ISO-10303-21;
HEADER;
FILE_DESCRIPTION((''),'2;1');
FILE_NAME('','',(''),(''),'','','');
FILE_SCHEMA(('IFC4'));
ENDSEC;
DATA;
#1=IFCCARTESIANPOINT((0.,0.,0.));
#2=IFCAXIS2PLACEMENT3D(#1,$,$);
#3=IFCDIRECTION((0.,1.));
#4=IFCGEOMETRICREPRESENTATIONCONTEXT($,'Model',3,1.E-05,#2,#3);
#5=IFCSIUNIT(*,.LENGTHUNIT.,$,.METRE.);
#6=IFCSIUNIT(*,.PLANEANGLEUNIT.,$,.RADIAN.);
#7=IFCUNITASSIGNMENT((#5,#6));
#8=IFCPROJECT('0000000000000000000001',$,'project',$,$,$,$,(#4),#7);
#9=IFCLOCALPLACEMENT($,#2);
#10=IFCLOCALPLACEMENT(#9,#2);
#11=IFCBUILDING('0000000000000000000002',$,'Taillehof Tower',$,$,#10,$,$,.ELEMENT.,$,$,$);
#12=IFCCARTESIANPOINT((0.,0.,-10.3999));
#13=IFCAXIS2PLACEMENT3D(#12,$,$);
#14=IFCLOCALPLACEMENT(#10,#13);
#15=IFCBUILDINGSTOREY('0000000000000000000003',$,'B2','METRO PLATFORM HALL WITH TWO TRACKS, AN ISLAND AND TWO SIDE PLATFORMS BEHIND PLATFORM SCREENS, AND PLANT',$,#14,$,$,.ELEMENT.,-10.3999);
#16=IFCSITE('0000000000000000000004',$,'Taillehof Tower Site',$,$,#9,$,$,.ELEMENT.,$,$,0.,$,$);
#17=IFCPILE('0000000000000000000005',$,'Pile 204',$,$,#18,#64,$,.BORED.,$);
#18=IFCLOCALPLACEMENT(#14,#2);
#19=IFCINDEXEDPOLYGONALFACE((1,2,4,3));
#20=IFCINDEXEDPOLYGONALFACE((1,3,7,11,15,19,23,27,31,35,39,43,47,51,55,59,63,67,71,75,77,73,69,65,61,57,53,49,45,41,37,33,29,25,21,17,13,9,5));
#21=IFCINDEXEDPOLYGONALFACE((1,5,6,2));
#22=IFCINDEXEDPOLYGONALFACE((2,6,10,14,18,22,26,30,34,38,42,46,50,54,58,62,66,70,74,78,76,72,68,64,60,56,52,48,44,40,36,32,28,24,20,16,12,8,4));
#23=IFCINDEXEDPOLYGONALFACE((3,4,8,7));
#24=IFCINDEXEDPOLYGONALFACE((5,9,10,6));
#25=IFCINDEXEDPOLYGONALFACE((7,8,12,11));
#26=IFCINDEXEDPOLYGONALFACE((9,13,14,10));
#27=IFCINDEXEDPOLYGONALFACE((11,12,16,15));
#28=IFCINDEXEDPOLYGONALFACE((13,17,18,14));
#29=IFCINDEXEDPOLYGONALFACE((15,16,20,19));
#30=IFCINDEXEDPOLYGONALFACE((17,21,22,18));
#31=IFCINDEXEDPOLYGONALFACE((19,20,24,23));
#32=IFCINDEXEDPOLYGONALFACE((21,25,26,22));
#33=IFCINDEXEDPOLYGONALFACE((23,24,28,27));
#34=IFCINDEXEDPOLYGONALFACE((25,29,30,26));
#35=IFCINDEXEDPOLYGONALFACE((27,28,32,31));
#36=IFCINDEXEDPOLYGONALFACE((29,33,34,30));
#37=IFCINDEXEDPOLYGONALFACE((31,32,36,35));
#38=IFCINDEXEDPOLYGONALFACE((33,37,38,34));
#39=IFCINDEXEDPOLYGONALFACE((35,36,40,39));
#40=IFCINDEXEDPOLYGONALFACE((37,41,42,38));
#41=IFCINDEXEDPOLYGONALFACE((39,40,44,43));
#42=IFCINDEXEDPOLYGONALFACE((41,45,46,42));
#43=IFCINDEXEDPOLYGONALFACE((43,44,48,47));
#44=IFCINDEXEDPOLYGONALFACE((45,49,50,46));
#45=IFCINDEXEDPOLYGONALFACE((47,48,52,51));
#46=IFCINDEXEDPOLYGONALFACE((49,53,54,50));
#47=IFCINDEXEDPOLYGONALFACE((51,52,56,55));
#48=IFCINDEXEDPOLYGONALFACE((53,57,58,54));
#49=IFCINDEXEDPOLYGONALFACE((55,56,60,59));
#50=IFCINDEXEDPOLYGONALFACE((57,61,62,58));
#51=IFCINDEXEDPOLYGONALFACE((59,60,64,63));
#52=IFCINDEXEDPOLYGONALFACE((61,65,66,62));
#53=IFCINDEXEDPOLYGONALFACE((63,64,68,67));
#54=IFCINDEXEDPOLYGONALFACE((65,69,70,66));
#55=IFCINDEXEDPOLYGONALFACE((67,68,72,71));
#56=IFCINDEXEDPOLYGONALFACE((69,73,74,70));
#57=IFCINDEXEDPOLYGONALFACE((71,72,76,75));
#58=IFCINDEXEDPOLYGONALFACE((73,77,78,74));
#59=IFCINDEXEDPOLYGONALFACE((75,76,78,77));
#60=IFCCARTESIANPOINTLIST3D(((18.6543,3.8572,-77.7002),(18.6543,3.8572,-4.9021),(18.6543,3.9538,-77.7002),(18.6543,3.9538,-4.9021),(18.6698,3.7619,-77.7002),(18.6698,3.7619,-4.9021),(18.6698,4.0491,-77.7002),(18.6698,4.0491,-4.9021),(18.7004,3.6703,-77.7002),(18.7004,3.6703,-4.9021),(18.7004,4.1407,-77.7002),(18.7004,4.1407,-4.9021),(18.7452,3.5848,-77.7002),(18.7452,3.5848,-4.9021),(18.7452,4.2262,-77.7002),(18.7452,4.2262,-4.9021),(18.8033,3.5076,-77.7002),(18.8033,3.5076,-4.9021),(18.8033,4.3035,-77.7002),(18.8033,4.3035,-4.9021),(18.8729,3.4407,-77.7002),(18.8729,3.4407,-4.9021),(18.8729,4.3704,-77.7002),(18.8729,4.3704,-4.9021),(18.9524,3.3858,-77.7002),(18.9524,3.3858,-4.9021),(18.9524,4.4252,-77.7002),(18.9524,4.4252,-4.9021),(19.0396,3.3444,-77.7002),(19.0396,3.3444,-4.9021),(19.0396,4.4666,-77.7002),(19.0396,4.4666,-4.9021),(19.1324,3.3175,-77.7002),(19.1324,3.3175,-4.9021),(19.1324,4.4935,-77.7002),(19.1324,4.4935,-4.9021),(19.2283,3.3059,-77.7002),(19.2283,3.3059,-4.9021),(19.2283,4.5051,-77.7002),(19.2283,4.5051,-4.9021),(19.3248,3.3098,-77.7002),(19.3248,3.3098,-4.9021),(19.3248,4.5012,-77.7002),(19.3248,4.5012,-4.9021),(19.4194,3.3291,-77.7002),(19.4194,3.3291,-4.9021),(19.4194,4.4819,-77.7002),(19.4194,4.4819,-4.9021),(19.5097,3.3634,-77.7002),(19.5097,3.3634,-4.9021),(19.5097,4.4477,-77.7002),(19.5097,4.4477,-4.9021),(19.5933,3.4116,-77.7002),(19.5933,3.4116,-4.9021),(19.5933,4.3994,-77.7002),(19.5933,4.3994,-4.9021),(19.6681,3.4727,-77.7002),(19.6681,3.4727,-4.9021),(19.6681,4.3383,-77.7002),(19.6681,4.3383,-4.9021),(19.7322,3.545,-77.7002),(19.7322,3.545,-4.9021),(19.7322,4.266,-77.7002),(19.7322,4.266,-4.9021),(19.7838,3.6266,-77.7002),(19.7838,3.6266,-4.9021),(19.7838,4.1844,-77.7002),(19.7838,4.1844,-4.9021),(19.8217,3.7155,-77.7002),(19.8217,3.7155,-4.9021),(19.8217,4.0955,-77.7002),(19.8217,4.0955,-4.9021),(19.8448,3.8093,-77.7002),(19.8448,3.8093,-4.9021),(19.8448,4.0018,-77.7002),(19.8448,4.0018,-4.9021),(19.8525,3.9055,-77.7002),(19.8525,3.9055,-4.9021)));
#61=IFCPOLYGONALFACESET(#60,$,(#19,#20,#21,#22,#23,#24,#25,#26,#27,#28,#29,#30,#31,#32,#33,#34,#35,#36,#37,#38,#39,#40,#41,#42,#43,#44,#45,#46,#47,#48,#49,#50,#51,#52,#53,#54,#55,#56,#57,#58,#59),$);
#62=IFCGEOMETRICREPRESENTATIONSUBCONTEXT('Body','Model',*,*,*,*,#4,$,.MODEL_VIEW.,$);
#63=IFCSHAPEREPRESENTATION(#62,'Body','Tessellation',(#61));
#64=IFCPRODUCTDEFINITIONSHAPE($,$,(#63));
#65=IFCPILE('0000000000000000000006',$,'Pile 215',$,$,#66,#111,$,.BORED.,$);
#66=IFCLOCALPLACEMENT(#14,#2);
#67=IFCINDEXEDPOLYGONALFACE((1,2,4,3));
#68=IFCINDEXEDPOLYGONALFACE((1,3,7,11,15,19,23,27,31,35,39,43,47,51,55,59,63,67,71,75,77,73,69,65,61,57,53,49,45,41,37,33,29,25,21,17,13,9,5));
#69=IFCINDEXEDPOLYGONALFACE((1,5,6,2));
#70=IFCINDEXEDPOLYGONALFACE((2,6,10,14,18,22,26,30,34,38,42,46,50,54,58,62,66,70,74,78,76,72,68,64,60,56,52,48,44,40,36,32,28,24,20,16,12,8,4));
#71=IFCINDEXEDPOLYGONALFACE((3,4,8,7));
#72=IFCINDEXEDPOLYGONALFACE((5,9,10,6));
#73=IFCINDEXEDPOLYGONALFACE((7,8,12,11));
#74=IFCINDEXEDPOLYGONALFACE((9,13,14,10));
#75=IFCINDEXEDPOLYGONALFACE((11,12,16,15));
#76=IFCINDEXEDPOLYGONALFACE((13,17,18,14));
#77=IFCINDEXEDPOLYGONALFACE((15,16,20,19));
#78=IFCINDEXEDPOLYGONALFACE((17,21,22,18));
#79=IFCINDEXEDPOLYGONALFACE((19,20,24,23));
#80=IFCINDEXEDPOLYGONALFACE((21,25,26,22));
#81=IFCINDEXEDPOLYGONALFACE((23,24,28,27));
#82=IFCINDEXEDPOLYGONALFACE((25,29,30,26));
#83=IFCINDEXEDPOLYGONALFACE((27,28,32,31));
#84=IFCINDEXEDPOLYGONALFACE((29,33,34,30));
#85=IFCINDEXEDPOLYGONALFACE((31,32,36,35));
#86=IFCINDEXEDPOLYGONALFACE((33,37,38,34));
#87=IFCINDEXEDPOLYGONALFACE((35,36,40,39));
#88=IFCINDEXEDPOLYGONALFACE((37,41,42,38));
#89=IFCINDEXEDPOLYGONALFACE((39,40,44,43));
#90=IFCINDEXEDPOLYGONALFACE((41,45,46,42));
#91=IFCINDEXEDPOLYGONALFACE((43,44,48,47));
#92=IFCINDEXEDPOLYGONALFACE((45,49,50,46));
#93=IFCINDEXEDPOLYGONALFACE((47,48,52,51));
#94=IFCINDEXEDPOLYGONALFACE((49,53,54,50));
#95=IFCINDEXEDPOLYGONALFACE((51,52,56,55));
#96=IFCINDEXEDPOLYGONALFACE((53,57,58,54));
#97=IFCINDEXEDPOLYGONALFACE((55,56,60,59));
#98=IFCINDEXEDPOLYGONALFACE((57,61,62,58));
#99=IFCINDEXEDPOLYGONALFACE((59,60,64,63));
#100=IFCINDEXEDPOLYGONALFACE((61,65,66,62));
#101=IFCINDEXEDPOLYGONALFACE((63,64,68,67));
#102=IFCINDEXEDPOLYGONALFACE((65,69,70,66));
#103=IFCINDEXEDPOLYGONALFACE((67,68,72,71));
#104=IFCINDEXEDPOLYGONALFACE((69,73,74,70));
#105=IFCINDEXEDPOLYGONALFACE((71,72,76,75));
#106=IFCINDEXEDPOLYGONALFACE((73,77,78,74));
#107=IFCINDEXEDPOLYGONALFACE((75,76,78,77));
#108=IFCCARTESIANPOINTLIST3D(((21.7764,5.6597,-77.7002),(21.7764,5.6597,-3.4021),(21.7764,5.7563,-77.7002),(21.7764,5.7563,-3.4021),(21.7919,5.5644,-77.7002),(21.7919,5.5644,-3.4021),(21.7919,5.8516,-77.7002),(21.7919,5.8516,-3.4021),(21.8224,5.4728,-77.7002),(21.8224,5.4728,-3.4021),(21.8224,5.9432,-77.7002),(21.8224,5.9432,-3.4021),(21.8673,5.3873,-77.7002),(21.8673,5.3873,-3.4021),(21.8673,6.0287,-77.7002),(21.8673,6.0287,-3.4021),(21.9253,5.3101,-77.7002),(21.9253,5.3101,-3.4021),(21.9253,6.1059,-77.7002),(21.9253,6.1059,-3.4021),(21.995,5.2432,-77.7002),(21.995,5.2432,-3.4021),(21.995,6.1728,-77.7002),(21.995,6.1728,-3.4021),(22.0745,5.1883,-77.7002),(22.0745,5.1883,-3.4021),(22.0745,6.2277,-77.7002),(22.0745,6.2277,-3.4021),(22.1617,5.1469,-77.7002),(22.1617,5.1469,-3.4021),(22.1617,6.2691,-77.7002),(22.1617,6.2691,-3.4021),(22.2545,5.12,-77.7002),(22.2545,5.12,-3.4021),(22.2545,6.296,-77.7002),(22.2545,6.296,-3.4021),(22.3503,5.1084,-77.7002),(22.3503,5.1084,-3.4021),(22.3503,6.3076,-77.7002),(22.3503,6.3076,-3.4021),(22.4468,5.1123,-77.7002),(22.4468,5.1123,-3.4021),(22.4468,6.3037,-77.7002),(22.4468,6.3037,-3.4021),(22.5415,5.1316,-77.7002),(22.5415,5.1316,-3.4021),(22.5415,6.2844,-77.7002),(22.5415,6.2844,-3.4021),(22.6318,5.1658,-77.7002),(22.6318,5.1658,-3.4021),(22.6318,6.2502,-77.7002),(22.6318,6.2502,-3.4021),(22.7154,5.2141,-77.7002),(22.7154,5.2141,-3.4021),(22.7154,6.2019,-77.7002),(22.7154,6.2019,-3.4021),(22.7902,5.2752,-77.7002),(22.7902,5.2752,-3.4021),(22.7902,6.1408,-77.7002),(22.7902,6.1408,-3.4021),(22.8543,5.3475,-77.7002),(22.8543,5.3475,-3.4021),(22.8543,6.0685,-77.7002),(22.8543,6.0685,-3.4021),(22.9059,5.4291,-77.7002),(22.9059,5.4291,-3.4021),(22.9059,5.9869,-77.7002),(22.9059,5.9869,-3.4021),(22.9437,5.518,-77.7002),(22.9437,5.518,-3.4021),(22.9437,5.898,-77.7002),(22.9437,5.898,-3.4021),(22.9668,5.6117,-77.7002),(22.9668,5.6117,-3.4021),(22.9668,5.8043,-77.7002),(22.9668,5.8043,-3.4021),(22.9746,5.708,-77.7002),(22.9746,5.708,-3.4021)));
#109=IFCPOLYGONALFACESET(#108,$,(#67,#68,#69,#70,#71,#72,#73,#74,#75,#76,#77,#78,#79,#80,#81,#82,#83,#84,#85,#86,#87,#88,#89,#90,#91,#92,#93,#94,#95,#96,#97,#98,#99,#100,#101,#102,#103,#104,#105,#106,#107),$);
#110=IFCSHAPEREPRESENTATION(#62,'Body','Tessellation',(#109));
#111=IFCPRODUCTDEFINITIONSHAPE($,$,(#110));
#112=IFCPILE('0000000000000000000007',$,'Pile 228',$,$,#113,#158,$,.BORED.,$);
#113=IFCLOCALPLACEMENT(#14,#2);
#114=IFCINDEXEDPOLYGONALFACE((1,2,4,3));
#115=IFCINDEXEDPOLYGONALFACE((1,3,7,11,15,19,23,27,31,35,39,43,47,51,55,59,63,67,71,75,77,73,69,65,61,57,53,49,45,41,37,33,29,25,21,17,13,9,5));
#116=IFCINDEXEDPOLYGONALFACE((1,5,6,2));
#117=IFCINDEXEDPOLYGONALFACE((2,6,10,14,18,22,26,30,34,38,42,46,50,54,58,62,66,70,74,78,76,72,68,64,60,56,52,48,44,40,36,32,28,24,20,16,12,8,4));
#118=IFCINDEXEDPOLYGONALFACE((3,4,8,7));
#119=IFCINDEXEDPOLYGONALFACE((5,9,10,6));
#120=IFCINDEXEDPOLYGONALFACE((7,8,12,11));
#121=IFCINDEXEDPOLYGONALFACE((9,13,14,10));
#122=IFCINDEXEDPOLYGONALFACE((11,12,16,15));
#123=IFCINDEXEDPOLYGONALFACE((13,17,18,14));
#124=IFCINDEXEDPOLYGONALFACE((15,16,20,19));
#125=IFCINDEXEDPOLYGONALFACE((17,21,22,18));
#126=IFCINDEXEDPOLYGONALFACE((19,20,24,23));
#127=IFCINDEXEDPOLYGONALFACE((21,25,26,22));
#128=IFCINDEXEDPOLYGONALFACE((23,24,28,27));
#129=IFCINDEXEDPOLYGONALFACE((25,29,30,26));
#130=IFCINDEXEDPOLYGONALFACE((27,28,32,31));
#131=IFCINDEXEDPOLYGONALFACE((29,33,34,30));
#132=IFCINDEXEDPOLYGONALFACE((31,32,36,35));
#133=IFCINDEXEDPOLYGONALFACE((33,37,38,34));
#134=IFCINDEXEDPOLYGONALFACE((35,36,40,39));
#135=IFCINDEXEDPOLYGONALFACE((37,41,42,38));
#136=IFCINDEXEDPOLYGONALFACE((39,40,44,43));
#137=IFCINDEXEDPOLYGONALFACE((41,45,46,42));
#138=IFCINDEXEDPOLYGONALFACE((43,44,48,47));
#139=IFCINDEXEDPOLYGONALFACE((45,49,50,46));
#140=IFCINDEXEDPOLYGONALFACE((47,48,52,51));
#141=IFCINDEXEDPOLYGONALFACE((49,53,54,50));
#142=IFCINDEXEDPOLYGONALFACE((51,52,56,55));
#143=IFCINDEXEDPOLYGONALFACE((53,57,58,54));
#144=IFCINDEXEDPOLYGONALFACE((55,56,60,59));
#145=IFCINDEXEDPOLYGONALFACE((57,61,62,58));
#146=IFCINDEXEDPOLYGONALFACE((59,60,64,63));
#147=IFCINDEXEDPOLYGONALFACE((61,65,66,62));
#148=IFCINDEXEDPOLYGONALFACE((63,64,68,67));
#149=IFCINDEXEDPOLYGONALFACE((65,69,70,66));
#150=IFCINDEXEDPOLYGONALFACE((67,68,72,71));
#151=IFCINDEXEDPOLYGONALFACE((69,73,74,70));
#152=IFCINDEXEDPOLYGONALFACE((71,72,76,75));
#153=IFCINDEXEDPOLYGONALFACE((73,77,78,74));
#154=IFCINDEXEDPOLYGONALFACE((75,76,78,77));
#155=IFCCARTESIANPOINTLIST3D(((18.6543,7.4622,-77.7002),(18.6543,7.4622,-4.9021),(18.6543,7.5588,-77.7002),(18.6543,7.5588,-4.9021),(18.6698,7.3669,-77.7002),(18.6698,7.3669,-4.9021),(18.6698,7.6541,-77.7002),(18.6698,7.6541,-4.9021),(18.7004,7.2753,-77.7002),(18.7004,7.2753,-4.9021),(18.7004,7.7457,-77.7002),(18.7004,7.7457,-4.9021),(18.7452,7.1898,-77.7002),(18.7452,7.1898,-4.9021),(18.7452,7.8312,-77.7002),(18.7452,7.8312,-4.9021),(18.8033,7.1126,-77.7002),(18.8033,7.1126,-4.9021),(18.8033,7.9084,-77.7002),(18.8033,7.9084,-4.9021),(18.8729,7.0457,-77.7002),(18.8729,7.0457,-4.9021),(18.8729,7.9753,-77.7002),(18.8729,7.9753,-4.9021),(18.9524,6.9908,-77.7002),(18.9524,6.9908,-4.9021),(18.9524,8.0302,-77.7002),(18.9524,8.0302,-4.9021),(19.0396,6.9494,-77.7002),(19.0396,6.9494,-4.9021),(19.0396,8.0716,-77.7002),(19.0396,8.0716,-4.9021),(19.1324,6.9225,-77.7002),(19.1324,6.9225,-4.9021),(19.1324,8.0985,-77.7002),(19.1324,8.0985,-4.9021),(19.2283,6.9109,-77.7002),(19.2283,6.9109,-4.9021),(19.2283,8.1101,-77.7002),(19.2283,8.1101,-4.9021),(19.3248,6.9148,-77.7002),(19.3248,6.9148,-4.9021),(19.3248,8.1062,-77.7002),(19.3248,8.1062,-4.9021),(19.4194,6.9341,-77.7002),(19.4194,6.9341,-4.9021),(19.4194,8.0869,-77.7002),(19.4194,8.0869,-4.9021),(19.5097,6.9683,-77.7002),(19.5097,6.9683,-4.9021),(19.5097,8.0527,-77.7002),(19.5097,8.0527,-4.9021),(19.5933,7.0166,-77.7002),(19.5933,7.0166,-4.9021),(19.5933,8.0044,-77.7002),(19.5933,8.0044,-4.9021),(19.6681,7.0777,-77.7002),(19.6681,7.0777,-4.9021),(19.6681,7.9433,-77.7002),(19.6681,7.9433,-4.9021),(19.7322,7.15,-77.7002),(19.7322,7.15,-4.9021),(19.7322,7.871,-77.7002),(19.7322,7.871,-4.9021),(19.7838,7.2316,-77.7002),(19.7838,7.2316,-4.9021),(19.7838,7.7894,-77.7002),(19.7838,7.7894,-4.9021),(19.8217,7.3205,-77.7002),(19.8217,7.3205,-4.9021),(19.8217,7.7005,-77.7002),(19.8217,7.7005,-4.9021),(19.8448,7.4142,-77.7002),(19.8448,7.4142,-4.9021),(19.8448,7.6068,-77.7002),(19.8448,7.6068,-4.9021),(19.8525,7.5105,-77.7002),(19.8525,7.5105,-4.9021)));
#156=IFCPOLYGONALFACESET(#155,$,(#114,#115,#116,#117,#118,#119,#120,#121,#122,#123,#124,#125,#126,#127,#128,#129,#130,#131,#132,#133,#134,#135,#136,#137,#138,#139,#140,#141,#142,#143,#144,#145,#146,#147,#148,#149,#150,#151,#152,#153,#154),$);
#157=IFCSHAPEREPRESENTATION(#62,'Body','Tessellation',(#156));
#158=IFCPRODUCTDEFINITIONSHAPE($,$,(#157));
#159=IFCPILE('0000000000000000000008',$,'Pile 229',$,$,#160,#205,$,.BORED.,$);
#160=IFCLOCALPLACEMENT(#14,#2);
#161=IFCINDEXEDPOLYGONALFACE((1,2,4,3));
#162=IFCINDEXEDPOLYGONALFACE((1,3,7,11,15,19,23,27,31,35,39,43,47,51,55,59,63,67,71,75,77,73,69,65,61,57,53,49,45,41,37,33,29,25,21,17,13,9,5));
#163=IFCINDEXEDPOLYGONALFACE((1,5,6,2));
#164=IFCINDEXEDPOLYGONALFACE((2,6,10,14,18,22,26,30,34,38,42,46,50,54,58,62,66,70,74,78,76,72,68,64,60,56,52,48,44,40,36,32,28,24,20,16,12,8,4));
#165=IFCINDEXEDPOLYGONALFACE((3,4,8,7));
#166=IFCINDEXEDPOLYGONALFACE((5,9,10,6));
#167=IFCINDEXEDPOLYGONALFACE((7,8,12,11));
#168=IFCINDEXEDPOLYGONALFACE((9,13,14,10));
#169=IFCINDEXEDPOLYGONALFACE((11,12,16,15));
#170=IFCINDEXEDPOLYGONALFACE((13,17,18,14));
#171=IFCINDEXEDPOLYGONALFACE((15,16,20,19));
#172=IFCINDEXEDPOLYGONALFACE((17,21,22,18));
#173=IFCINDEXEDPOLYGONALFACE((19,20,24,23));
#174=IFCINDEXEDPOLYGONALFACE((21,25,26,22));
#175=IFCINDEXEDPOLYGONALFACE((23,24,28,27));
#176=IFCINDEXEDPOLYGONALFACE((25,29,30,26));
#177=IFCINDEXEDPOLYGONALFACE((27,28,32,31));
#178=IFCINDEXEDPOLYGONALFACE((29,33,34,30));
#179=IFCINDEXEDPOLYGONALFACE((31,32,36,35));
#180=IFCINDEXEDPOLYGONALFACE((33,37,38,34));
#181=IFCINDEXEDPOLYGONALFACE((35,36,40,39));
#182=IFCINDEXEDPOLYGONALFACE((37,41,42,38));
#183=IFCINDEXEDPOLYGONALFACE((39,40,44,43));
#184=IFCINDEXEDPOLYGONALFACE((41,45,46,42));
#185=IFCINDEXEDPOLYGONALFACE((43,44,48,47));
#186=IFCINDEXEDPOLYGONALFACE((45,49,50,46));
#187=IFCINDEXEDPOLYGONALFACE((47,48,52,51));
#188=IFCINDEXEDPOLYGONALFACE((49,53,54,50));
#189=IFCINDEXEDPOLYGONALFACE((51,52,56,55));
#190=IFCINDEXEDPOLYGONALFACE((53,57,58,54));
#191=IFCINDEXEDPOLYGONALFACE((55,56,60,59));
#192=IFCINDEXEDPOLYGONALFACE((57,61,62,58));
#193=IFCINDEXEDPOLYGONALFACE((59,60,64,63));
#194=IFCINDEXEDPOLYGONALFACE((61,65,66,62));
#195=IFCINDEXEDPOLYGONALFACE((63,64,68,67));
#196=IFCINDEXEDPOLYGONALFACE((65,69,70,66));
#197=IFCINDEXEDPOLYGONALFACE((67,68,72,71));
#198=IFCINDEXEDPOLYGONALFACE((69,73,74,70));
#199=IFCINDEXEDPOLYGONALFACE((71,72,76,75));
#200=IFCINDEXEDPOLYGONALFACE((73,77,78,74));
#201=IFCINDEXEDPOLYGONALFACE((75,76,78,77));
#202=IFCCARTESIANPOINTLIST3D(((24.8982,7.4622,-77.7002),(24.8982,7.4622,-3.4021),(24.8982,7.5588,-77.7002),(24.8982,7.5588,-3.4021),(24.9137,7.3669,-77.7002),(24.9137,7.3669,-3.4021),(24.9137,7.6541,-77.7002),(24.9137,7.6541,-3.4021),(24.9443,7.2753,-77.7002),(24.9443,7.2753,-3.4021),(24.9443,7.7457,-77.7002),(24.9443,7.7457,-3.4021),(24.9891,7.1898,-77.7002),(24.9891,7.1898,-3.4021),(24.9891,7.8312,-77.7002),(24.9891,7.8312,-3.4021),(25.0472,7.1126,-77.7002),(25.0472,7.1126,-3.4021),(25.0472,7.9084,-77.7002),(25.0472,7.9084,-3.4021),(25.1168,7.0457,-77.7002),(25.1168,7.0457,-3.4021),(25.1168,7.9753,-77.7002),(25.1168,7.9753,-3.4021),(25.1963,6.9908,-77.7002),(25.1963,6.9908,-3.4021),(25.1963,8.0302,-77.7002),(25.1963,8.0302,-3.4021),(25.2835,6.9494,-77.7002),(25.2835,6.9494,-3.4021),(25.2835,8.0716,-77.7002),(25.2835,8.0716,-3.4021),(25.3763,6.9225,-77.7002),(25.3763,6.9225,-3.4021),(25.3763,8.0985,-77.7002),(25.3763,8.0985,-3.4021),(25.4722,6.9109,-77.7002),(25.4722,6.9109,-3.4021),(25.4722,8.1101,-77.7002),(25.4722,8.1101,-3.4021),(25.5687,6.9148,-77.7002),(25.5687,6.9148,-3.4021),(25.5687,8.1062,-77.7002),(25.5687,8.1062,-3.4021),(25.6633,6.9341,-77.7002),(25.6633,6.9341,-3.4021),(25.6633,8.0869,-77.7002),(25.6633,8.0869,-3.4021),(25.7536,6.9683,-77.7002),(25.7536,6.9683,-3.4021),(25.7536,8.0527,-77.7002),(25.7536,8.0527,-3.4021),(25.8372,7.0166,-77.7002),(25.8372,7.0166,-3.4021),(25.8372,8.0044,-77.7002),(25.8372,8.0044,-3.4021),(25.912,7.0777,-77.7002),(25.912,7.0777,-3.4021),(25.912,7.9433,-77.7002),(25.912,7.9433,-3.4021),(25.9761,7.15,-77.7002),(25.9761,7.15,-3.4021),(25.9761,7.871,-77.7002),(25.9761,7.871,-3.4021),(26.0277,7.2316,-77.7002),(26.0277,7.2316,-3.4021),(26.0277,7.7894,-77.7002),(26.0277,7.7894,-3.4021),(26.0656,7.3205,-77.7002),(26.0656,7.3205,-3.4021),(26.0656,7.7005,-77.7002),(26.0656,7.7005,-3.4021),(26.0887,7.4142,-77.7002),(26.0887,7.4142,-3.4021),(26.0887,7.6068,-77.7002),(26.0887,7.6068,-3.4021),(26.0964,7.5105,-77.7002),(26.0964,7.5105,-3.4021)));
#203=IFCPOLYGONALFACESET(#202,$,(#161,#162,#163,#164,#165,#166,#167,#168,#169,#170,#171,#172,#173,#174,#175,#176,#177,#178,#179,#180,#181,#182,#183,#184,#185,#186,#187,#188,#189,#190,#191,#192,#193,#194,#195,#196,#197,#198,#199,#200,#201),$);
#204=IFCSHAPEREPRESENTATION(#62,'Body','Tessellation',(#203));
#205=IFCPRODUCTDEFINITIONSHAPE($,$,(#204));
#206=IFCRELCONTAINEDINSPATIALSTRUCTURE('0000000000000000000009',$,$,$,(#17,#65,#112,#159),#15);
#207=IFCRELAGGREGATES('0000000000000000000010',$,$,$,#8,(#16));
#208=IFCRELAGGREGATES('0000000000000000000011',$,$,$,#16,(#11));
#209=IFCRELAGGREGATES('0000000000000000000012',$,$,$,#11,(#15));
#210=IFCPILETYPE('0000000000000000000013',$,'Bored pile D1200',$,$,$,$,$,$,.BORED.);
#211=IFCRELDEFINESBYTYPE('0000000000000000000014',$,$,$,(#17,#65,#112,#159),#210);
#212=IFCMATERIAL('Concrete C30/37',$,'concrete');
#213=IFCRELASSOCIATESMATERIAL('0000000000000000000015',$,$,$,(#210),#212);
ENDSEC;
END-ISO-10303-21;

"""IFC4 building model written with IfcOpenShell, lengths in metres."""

from ifc_helpers import new_model, si_unit, direction, frame, origin, origin_2d, place, context, subcontext, project, spatial, circle, extrude, material, material_profile, profile_set, type_object, element, save


model = new_model("IFC4")

# Units and contexts
model_context = context("Model", 3, precision=1e-05, world=origin(), true_north=direction((0.0, 1.0)))
body_context = subcontext(model_context, "Body", "Model", "MODEL_VIEW")
ifc_project = project(units=[si_unit("LENGTHUNIT", "METRE"), si_unit("PLANEANGLEUNIT", "RADIAN")], contexts=[model_context])

# Site, building, storey
site_placement = place(None, origin())
site = spatial("IfcSite", under=ifc_project, at=site_placement, Name="Taillehof Tower Site", CompositionType="ELEMENT", RefElevation=0.0)
building_placement = place(site_placement, origin())
building = spatial("IfcBuilding", under=site, at=building_placement, Name="Taillehof Tower", CompositionType="ELEMENT")
storey_placement = place(building_placement, frame((0.0, 0.0, -10.3999)))
storey = spatial("IfcBuildingStorey", under=building, at=storey_placement, Name="B2", Description="METRO PLATFORM HALL WITH TWO TRACKS, AN ISLAND AND TWO SIDE PLATFORMS BEHIND PLATFORM SCREENS, AND PLANT", CompositionType="ELEMENT", Elevation=-10.3999)

# Piles
ifc_material_1 = material(Name="Concrete C30/37", Category="concrete")
ifc_material_profile_1 = material_profile(ifc_material_1, circle(Radius=0.6001, at=origin_2d()), Name="BP D1200")
ifc_profile_set_1 = profile_set([ifc_material_profile_1], Name="Concrete C30/37")
pile_type = type_object("IfcPileType", Name="Bored pile D1200", PredefinedType="BORED", material=ifc_profile_set_1)
pile_1_placement = place(storey_placement, frame((19.2524, 3.9055, -4.9021), z_axis=(0.0, 0.0, -1.0), x_axis=(1.0, 0.0, 0.0)))
element("IfcPile", 1, at=pile_1_placement, inside=storey, type_object=pile_type, Name="Pile 204", PredefinedType="BORED", context=body_context, shape_type="SweptSolid", body=[
    extrude(circle(Radius=0.6001, at=origin_2d()), origin(), (0.0, 0.0, 1.0), 72.7981),
])
pile_2_placement = place(storey_placement, frame((22.3745, 5.708, -3.4021), z_axis=(0.0, 0.0, -1.0), x_axis=(1.0, 0.0, 0.0)))
element("IfcPile", 2, at=pile_2_placement, inside=storey, type_object=pile_type, Name="Pile 215", PredefinedType="BORED", context=body_context, shape_type="SweptSolid", body=[
    extrude(circle(Radius=0.6001, at=origin_2d()), origin(), (0.0, 0.0, 1.0), 74.2981),
])
pile_3_placement = place(storey_placement, frame((19.2524, 7.5105, -4.9021), z_axis=(0.0, 0.0, -1.0), x_axis=(1.0, 0.0, 0.0)))
element("IfcPile", 3, at=pile_3_placement, inside=storey, type_object=pile_type, Name="Pile 228", PredefinedType="BORED", context=body_context, shape_type="SweptSolid", body=[
    extrude(circle(Radius=0.6001, at=origin_2d()), origin(), (0.0, 0.0, 1.0), 72.7981),
])
for number, where, z_axis, x_axis, name in (
    (4, (25.4963, 7.5105, -3.4021), (0.0, 0.0, -1.0), (1.0, 0.0, 0.0), "Pile 229"),
):
    element("IfcPile", number, at=place(storey_placement, frame(where, z_axis=z_axis, x_axis=x_axis)), inside=storey, type_object=pile_type, Name=name, PredefinedType="BORED", context=body_context, shape_type="SweptSolid", body=[
        extrude(circle(Radius=0.6001, at=origin_2d()), origin(), (0.0, 0.0, 1.0), 74.2981),
    ])

save(model, "model.ifc")
